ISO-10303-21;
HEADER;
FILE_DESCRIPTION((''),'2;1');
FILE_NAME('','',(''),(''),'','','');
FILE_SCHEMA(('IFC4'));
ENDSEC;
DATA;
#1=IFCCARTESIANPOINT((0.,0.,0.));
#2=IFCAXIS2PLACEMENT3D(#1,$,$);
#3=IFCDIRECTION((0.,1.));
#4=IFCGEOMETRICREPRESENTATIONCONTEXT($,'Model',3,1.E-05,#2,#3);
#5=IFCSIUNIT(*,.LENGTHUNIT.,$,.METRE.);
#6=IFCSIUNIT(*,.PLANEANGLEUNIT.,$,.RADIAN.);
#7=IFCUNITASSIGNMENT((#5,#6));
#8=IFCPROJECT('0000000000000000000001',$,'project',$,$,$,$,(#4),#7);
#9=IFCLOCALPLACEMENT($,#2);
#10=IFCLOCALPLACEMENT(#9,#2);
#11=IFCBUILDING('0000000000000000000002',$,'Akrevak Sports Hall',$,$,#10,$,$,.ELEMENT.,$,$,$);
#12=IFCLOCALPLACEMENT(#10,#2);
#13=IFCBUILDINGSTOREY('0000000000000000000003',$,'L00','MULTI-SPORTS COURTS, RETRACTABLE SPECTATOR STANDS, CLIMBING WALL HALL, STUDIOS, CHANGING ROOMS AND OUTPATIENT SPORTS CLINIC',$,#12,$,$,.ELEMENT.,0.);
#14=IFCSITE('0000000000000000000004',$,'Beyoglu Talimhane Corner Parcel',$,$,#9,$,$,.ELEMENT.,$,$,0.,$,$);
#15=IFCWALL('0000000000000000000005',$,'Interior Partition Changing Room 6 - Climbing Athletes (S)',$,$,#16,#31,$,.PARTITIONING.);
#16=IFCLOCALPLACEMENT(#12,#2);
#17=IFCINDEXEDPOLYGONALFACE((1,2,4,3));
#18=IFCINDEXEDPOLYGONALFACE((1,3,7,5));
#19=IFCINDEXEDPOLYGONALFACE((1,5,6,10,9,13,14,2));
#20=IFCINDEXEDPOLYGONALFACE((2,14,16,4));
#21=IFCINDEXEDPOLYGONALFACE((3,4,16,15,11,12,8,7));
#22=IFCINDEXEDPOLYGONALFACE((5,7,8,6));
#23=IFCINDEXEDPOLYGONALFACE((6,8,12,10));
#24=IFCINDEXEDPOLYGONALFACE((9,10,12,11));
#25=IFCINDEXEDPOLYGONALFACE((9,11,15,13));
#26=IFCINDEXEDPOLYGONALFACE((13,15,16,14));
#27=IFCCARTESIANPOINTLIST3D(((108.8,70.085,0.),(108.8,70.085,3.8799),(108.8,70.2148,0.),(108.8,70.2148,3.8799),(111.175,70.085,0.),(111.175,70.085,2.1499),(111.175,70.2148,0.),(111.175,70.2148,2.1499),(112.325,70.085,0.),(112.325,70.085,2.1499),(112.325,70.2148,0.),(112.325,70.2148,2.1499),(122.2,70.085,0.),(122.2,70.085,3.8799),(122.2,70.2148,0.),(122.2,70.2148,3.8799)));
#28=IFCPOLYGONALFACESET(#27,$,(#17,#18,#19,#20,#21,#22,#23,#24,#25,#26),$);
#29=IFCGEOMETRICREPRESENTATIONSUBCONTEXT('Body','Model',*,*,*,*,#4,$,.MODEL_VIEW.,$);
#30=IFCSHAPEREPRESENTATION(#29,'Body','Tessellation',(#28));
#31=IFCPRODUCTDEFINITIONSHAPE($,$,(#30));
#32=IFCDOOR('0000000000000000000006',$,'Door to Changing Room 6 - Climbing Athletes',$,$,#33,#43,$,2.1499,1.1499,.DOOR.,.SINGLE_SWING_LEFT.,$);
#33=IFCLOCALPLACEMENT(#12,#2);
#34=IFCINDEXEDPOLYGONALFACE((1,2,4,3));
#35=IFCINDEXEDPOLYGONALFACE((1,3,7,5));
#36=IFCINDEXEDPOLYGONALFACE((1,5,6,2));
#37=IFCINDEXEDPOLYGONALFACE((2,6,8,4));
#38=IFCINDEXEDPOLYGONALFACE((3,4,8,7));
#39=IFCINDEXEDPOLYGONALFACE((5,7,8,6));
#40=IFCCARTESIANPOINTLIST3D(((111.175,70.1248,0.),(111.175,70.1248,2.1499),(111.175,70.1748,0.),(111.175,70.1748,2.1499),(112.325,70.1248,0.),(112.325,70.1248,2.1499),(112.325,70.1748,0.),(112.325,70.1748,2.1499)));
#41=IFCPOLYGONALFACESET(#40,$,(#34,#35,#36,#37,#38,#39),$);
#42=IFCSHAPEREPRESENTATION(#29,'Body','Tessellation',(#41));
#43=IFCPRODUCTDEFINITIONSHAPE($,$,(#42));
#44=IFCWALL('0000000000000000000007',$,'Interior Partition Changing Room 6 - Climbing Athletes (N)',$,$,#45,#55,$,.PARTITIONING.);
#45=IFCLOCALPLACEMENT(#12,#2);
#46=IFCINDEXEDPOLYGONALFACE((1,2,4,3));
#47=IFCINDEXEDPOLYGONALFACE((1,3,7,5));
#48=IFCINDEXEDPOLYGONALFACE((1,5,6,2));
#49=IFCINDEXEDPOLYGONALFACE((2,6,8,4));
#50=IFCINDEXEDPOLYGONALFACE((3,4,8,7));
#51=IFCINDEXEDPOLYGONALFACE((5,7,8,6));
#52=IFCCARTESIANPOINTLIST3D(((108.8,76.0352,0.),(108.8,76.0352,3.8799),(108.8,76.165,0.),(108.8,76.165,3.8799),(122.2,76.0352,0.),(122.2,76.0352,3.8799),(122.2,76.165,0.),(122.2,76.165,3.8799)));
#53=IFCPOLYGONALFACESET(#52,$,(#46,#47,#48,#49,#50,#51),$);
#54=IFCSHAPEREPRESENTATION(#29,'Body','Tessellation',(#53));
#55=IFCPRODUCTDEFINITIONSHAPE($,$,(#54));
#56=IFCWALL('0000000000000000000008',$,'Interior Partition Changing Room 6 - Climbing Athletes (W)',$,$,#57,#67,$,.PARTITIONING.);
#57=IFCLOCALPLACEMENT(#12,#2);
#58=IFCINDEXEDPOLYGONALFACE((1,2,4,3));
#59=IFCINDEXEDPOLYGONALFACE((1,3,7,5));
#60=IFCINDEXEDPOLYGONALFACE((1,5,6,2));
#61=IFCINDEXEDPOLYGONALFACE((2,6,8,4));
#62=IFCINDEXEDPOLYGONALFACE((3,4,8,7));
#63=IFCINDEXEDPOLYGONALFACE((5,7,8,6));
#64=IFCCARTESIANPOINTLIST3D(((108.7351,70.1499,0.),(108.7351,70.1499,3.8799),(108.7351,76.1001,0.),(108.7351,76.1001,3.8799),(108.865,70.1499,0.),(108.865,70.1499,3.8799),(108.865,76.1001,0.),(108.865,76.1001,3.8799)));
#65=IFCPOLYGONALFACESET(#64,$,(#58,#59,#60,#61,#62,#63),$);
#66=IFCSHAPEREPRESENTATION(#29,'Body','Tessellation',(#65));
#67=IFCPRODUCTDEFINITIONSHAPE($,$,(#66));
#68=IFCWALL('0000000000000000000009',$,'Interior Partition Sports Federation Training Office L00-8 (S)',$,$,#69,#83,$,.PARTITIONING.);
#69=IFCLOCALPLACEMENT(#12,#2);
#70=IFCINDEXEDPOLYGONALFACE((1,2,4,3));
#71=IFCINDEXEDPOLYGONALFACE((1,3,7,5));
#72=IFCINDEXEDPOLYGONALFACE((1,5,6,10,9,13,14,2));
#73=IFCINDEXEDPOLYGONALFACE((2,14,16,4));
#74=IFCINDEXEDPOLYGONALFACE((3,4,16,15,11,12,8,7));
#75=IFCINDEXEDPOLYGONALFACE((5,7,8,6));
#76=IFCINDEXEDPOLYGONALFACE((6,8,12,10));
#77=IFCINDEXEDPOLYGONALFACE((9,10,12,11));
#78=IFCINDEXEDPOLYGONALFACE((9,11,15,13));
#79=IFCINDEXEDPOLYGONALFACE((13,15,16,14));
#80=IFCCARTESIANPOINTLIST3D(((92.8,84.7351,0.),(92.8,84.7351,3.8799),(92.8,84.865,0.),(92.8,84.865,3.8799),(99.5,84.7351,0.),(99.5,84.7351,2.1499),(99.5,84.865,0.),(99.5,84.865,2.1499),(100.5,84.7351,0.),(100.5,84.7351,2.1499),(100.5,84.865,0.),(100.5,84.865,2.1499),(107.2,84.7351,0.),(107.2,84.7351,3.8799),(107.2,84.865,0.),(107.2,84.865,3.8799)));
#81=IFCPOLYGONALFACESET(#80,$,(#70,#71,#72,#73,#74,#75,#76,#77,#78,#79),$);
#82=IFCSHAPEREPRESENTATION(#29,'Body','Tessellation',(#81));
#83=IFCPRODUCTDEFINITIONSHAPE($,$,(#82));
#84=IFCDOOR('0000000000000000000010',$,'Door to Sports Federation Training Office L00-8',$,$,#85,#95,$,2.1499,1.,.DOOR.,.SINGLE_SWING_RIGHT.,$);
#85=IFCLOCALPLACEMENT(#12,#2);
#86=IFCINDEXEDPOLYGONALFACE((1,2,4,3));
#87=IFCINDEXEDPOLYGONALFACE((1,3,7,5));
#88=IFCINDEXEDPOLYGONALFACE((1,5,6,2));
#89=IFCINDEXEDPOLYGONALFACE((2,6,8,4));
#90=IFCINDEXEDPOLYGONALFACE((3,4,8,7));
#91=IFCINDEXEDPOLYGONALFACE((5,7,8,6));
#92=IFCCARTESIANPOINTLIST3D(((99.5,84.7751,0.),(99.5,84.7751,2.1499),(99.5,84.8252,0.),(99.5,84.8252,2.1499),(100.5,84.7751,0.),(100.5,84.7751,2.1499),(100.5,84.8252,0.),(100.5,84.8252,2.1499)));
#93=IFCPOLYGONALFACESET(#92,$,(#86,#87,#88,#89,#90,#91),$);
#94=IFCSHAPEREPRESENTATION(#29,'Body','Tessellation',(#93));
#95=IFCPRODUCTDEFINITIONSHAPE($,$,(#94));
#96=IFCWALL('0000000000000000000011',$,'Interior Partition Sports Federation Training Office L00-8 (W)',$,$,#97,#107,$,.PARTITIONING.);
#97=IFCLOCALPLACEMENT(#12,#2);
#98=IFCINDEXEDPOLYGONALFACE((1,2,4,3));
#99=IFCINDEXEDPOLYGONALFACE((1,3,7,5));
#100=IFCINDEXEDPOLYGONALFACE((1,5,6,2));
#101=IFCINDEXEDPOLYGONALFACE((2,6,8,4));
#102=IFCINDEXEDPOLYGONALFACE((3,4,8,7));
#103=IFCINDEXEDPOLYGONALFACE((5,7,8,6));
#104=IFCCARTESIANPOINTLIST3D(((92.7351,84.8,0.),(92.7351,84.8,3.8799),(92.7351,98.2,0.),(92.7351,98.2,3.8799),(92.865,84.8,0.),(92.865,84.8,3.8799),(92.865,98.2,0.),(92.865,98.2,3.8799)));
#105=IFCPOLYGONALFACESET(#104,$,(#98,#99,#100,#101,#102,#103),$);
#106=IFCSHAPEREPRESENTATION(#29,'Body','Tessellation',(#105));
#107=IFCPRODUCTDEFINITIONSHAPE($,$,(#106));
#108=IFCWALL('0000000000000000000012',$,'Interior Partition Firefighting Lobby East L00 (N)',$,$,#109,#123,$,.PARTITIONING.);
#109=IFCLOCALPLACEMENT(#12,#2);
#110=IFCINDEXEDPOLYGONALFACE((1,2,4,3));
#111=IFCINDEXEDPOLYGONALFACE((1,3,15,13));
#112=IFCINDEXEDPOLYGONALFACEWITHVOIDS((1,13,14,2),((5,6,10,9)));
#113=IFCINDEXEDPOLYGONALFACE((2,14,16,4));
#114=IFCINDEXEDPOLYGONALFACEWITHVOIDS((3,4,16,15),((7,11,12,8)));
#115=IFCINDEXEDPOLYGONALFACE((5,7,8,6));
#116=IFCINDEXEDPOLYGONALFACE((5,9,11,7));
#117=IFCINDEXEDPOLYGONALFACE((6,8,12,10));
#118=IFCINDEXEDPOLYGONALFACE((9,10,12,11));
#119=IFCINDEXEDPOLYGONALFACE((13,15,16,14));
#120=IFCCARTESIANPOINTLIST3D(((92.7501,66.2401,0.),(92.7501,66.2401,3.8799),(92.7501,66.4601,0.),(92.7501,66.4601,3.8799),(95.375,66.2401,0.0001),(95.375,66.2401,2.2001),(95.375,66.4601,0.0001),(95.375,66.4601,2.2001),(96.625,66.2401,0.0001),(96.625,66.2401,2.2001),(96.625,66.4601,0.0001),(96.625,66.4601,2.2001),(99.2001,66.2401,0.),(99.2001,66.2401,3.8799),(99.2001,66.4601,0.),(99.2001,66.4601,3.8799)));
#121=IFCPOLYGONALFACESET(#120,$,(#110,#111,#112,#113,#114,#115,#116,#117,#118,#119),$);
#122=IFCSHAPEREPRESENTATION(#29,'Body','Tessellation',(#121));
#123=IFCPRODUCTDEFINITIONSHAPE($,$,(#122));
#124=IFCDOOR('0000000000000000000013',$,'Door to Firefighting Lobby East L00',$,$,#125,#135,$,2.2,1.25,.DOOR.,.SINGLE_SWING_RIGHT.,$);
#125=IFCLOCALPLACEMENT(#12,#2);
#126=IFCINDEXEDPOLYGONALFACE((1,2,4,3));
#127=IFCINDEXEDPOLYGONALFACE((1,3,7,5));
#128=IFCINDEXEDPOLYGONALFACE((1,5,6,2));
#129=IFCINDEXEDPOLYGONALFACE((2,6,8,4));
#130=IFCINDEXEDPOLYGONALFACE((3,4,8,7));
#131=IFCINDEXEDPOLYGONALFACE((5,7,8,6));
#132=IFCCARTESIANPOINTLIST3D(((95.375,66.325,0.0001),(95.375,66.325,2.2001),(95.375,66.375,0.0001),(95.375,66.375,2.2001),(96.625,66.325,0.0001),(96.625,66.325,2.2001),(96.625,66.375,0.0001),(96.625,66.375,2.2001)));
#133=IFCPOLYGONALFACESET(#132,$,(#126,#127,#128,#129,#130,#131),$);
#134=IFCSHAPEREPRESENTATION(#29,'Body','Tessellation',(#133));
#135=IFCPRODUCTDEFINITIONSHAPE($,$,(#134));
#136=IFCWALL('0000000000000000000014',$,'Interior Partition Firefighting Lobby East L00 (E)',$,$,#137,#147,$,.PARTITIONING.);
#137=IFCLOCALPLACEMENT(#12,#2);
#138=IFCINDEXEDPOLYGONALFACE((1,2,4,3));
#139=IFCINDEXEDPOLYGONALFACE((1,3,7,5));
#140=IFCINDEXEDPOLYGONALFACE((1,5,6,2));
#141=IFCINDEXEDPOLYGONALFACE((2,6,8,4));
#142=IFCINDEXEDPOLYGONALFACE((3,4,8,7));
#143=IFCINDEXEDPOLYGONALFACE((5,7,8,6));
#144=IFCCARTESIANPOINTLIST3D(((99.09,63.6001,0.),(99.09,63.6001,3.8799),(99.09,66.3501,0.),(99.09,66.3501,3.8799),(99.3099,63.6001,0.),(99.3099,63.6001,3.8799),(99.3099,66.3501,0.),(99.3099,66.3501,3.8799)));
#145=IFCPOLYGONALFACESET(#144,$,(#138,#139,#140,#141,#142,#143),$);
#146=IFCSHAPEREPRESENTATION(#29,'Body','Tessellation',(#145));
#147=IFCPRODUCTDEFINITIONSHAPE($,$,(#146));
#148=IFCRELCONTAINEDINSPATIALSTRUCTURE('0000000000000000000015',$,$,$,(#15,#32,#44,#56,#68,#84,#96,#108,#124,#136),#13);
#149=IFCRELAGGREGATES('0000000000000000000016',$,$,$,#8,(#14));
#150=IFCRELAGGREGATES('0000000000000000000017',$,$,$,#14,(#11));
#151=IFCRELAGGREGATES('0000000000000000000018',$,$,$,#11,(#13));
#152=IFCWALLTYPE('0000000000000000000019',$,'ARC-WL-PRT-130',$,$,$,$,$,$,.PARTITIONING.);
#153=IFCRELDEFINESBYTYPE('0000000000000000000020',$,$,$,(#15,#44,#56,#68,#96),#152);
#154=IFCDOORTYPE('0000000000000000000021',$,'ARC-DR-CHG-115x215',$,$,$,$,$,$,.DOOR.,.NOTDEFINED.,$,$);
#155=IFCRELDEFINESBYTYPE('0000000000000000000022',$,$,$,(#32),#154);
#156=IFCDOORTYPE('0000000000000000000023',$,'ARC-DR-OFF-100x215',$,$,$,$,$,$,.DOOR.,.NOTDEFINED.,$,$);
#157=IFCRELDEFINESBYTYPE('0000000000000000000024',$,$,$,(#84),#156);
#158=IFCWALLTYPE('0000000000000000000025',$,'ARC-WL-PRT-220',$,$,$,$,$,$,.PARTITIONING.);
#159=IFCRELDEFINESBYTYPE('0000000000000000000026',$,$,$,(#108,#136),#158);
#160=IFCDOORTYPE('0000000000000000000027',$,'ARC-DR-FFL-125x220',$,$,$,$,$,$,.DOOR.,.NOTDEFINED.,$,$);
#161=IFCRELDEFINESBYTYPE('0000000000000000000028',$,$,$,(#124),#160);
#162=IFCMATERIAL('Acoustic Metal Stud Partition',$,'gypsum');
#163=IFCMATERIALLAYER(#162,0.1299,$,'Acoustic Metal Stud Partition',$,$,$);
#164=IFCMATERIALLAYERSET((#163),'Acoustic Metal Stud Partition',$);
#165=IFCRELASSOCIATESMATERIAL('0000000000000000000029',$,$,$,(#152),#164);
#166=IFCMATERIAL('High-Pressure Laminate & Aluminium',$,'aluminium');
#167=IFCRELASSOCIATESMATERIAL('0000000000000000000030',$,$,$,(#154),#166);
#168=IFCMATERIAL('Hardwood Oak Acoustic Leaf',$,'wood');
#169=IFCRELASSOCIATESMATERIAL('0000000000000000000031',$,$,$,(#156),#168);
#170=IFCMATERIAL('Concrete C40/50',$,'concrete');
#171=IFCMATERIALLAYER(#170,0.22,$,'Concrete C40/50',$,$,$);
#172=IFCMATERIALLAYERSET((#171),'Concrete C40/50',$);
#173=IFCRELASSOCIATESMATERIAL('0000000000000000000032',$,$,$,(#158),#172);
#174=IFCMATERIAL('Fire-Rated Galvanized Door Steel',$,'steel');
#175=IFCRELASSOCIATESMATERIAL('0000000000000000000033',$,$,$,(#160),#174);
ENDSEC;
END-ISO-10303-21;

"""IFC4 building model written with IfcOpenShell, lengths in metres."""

from ifc_helpers import new_model, si_unit, direction, frame, frame_2d, origin, place, context, subcontext, project, spatial, rectangle, extrude, material, layer, layer_set, type_object, element, fill, save


model = new_model("IFC4")

# Units and contexts
model_context = context("Model", 3, precision=1e-05, world=origin(), true_north=direction((0.0, 1.0)))
body_context = subcontext(model_context, "Body", "Model", "MODEL_VIEW")
ifc_project = project(units=[si_unit("LENGTHUNIT", "METRE"), si_unit("PLANEANGLEUNIT", "RADIAN")], contexts=[model_context])

# Site, building, storey
site_placement = place(None, origin())
site = spatial("IfcSite", under=ifc_project, at=site_placement, Name="Beyoglu Talimhane Corner Parcel", CompositionType="ELEMENT", RefElevation=0.0)
building_placement = place(site_placement, origin())
building = spatial("IfcBuilding", under=site, at=building_placement, Name="Akrevak Sports Hall", CompositionType="ELEMENT")
storey_placement = place(building_placement, origin())
storey = spatial("IfcBuildingStorey", under=building, at=storey_placement, Name="L00", Description="MULTI-SPORTS COURTS, RETRACTABLE SPECTATOR STANDS, CLIMBING WALL HALL, STUDIOS, CHANGING ROOMS AND OUTPATIENT SPORTS CLINIC", CompositionType="ELEMENT", Elevation=0.0)

# Shared definitions
ifc_material_1 = material(Name="Concrete C40/50", Category="concrete")

# Shared definitions
ifc_material_2 = material(Name="Acoustic Metal Stud Partition", Category="gypsum")
ifc_layer_1 = layer(ifc_material_2, 0.1299, Name="Acoustic Metal Stud Partition")
ifc_layer_set_1 = layer_set([ifc_layer_1], Name="Acoustic Metal Stud Partition")
wall_type_1 = type_object("IfcWallType", Name="ARC-WL-PRT-130", PredefinedType="PARTITIONING", material=ifc_layer_set_1)
ifc_material_3 = material(Name="High-Pressure Laminate & Aluminium", Category="aluminium")
door_type_1 = type_object("IfcDoorType", Name="ARC-DR-CHG-115x215", OperationType="NOTDEFINED", PredefinedType="DOOR", material=ifc_material_3)

# Wall, opening, door
wall_1_placement = place(storey_placement, frame((108.8, 70.1499, 0.0), z_axis=(0.0, 0.0, 1.0), x_axis=(1.0, 0.0, 0.0)))
wall_1 = element("IfcWall", 1, at=wall_1_placement, inside=storey, type_object=wall_type_1, Name="Interior Partition Changing Room 6 - Climbing Athletes (S)", PredefinedType="PARTITIONING", context=body_context, shape_type="SweptSolid", body=[
    extrude(rectangle(XDim=13.3999, YDim=0.1299, at=frame_2d((6.7, 0.0))), origin(), (0.0, 0.0, 1.0), 3.8799),
])
opening_1_placement = place(wall_1_placement, frame((2.375, 0.0, 0.0)))
opening_1 = element("IfcOpeningElement", 2, at=opening_1_placement, cuts=wall_1, PredefinedType="OPENING", context=body_context, shape_type="SweptSolid", body=[
    extrude(rectangle(XDim=1.1499, YDim=2.1499, at=frame_2d((0.575, 1.075))), frame((0.0, 0.0769, 0.0), z_axis=(0.0, -1.0, 0.0), x_axis=(1.0, 0.0, 0.0)), (0.0, 0.0, 1.0), 0.1538),
])
door_1_placement = place(opening_1_placement, origin())
door_1 = element("IfcDoor", 3, at=door_1_placement, inside=storey, type_object=door_type_1, Name="Door to Changing Room 6 - Climbing Athletes", OperationType="SINGLE_SWING_LEFT", OverallHeight=2.1499, OverallWidth=1.1499, PredefinedType="DOOR", context=body_context, shape_type="SweptSolid", body=[
    extrude(rectangle(XDim=1.1499, YDim=2.1499, at=frame_2d((0.575, 1.075))), frame((0.0, 0.0249, 0.0), z_axis=(0.0, -1.0, 0.0), x_axis=(1.0, 0.0, 0.0)), (0.0, 0.0, 1.0), 0.05),
])
fill(opening_1, door_1)

# Walls
wall_2_placement = place(storey_placement, frame((108.8, 76.1001, 0.0), z_axis=(0.0, 0.0, 1.0), x_axis=(1.0, 0.0, 0.0)))
element("IfcWall", 4, at=wall_2_placement, inside=storey, type_object=wall_type_1, Name="Interior Partition Changing Room 6 - Climbing Athletes (N)", PredefinedType="PARTITIONING", context=body_context, shape_type="SweptSolid", body=[
    extrude(rectangle(XDim=13.3999, YDim=0.1299, at=frame_2d((6.7, 0.0))), origin(), (0.0, 0.0, 1.0), 3.8799),
])
wall_3_placement = place(storey_placement, frame((108.8, 70.1499, 0.0), z_axis=(0.0, 0.0, 1.0), x_axis=(0.0, 1.0, 0.0)))
element("IfcWall", 5, at=wall_3_placement, inside=storey, type_object=wall_type_1, Name="Interior Partition Changing Room 6 - Climbing Athletes (W)", PredefinedType="PARTITIONING", context=body_context, shape_type="SweptSolid", body=[
    extrude(rectangle(XDim=5.9502, YDim=0.1299, at=frame_2d((2.9751, 0.0))), origin(), (0.0, 0.0, 1.0), 3.8799),
])

# Wall, opening, door
wall_4_placement = place(storey_placement, frame((92.8, 84.8, 0.0), z_axis=(0.0, 0.0, 1.0), x_axis=(1.0, 0.0, 0.0)))
wall_4 = element("IfcWall", 6, at=wall_4_placement, inside=storey, type_object=wall_type_1, Name="Interior Partition Sports Federation Training Office L00-8 (S)", PredefinedType="PARTITIONING", context=body_context, shape_type="SweptSolid", body=[
    extrude(rectangle(XDim=14.3999, YDim=0.1299, at=frame_2d((7.2, 0.0))), origin(), (0.0, 0.0, 1.0), 3.8799),
])
opening_2_placement = place(wall_4_placement, frame((6.7, 0.0, 0.0)))
opening_2 = element("IfcOpeningElement", 7, at=opening_2_placement, cuts=wall_4, PredefinedType="OPENING", context=body_context, shape_type="SweptSolid", body=[
    extrude(rectangle(XDim=1.0, YDim=2.1499, at=frame_2d((0.5, 1.075))), frame((0.0, 0.0769, 0.0), z_axis=(0.0, -1.0, 0.0), x_axis=(1.0, 0.0, 0.0)), (0.0, 0.0, 1.0), 0.1538),
])
ifc_material_4 = material(Name="Hardwood Oak Acoustic Leaf", Category="wood")
door_type_2 = type_object("IfcDoorType", Name="ARC-DR-OFF-100x215", OperationType="NOTDEFINED", PredefinedType="DOOR", material=ifc_material_4)
door_2_placement = place(opening_2_placement, frame((1.0, 0.0, 0.0), z_axis=(0.0, 0.0, 1.0), x_axis=(-1.0, 0.0, 0.0)))
door_2 = element("IfcDoor", 8, at=door_2_placement, inside=storey, type_object=door_type_2, Name="Door to Sports Federation Training Office L00-8", OperationType="SINGLE_SWING_RIGHT", OverallHeight=2.1499, OverallWidth=1.0, PredefinedType="DOOR", context=body_context, shape_type="SweptSolid", body=[
    extrude(rectangle(XDim=1.0, YDim=2.1499, at=frame_2d((0.5, 1.075))), frame((0.0, 0.0249, 0.0), z_axis=(0.0, -1.0, 0.0), x_axis=(1.0, 0.0, 0.0)), (0.0, 0.0, 1.0), 0.05),
])
fill(opening_2, door_2)

# Wall
wall_5_placement = place(storey_placement, frame((92.8, 84.8, 0.0), z_axis=(0.0, 0.0, 1.0), x_axis=(0.0, 1.0, 0.0)))
element("IfcWall", 9, at=wall_5_placement, inside=storey, type_object=wall_type_1, Name="Interior Partition Sports Federation Training Office L00-8 (W)", PredefinedType="PARTITIONING", context=body_context, shape_type="SweptSolid", body=[
    extrude(rectangle(XDim=13.3999, YDim=0.1299, at=frame_2d((6.7, 0.0))), origin(), (0.0, 0.0, 1.0), 3.8799),
])

# Wall, opening, door
ifc_layer_2 = layer(ifc_material_1, 0.22, Name="Concrete C40/50")
ifc_layer_set_2 = layer_set([ifc_layer_2], Name="Concrete C40/50")
wall_type_2 = type_object("IfcWallType", Name="ARC-WL-PRT-220", PredefinedType="PARTITIONING", material=ifc_layer_set_2)
wall_6_placement = place(storey_placement, frame((92.75, 66.3501, 0.0), z_axis=(0.0, 0.0, 1.0), x_axis=(1.0, 0.0, 0.0)))
wall_6 = element("IfcWall", 10, at=wall_6_placement, inside=storey, type_object=wall_type_2, Name="Interior Partition Firefighting Lobby East L00 (N)", PredefinedType="PARTITIONING", context=body_context, shape_type="SweptSolid", body=[
    extrude(rectangle(XDim=6.45, YDim=0.22, at=frame_2d((3.2251, 0.0))), origin(), (0.0, 0.0, 1.0), 3.8799),
])
opening_3_placement = place(wall_6_placement, frame((2.625, 0.0, 0.0)))
opening_3 = element("IfcOpeningElement", 11, at=opening_3_placement, cuts=wall_6, PredefinedType="OPENING", context=body_context, shape_type="SweptSolid", body=[
    extrude(rectangle(XDim=1.25, YDim=2.2, at=frame_2d((0.625, 1.1001))), frame((0.0, 0.1221, 0.0), z_axis=(0.0, -1.0, 0.0), x_axis=(1.0, 0.0, 0.0)), (0.0, 0.0, 1.0), 0.2439),
])
ifc_material_5 = material(Name="Fire-Rated Galvanized Door Steel", Category="steel")
door_type_3 = type_object("IfcDoorType", Name="ARC-DR-FFL-125x220", OperationType="NOTDEFINED", PredefinedType="DOOR", material=ifc_material_5)
door_3_placement = place(opening_3_placement, origin())
door_3 = element("IfcDoor", 12, at=door_3_placement, inside=storey, type_object=door_type_3, Name="Door to Firefighting Lobby East L00", OperationType="SINGLE_SWING_RIGHT", OverallHeight=2.2, OverallWidth=1.25, PredefinedType="DOOR", context=body_context, shape_type="SweptSolid", body=[
    extrude(rectangle(XDim=1.25, YDim=2.2, at=frame_2d((0.625, 1.1001))), frame((0.0, 0.0249, 0.0), z_axis=(0.0, -1.0, 0.0), x_axis=(1.0, 0.0, 0.0)), (0.0, 0.0, 1.0), 0.05),
])
fill(opening_3, door_3)

# Wall
wall_7_placement = place(storey_placement, frame((99.2, 63.6001, 0.0), z_axis=(0.0, 0.0, 1.0), x_axis=(0.0, 1.0, 0.0)))
element("IfcWall", 13, at=wall_7_placement, inside=storey, type_object=wall_type_2, Name="Interior Partition Firefighting Lobby East L00 (E)", PredefinedType="PARTITIONING", context=body_context, shape_type="SweptSolid", body=[
    extrude(rectangle(XDim=2.75, YDim=0.22, at=frame_2d((1.375, 0.0))), origin(), (0.0, 0.0, 1.0), 3.8799),
])

save(model, "model.ifc")
